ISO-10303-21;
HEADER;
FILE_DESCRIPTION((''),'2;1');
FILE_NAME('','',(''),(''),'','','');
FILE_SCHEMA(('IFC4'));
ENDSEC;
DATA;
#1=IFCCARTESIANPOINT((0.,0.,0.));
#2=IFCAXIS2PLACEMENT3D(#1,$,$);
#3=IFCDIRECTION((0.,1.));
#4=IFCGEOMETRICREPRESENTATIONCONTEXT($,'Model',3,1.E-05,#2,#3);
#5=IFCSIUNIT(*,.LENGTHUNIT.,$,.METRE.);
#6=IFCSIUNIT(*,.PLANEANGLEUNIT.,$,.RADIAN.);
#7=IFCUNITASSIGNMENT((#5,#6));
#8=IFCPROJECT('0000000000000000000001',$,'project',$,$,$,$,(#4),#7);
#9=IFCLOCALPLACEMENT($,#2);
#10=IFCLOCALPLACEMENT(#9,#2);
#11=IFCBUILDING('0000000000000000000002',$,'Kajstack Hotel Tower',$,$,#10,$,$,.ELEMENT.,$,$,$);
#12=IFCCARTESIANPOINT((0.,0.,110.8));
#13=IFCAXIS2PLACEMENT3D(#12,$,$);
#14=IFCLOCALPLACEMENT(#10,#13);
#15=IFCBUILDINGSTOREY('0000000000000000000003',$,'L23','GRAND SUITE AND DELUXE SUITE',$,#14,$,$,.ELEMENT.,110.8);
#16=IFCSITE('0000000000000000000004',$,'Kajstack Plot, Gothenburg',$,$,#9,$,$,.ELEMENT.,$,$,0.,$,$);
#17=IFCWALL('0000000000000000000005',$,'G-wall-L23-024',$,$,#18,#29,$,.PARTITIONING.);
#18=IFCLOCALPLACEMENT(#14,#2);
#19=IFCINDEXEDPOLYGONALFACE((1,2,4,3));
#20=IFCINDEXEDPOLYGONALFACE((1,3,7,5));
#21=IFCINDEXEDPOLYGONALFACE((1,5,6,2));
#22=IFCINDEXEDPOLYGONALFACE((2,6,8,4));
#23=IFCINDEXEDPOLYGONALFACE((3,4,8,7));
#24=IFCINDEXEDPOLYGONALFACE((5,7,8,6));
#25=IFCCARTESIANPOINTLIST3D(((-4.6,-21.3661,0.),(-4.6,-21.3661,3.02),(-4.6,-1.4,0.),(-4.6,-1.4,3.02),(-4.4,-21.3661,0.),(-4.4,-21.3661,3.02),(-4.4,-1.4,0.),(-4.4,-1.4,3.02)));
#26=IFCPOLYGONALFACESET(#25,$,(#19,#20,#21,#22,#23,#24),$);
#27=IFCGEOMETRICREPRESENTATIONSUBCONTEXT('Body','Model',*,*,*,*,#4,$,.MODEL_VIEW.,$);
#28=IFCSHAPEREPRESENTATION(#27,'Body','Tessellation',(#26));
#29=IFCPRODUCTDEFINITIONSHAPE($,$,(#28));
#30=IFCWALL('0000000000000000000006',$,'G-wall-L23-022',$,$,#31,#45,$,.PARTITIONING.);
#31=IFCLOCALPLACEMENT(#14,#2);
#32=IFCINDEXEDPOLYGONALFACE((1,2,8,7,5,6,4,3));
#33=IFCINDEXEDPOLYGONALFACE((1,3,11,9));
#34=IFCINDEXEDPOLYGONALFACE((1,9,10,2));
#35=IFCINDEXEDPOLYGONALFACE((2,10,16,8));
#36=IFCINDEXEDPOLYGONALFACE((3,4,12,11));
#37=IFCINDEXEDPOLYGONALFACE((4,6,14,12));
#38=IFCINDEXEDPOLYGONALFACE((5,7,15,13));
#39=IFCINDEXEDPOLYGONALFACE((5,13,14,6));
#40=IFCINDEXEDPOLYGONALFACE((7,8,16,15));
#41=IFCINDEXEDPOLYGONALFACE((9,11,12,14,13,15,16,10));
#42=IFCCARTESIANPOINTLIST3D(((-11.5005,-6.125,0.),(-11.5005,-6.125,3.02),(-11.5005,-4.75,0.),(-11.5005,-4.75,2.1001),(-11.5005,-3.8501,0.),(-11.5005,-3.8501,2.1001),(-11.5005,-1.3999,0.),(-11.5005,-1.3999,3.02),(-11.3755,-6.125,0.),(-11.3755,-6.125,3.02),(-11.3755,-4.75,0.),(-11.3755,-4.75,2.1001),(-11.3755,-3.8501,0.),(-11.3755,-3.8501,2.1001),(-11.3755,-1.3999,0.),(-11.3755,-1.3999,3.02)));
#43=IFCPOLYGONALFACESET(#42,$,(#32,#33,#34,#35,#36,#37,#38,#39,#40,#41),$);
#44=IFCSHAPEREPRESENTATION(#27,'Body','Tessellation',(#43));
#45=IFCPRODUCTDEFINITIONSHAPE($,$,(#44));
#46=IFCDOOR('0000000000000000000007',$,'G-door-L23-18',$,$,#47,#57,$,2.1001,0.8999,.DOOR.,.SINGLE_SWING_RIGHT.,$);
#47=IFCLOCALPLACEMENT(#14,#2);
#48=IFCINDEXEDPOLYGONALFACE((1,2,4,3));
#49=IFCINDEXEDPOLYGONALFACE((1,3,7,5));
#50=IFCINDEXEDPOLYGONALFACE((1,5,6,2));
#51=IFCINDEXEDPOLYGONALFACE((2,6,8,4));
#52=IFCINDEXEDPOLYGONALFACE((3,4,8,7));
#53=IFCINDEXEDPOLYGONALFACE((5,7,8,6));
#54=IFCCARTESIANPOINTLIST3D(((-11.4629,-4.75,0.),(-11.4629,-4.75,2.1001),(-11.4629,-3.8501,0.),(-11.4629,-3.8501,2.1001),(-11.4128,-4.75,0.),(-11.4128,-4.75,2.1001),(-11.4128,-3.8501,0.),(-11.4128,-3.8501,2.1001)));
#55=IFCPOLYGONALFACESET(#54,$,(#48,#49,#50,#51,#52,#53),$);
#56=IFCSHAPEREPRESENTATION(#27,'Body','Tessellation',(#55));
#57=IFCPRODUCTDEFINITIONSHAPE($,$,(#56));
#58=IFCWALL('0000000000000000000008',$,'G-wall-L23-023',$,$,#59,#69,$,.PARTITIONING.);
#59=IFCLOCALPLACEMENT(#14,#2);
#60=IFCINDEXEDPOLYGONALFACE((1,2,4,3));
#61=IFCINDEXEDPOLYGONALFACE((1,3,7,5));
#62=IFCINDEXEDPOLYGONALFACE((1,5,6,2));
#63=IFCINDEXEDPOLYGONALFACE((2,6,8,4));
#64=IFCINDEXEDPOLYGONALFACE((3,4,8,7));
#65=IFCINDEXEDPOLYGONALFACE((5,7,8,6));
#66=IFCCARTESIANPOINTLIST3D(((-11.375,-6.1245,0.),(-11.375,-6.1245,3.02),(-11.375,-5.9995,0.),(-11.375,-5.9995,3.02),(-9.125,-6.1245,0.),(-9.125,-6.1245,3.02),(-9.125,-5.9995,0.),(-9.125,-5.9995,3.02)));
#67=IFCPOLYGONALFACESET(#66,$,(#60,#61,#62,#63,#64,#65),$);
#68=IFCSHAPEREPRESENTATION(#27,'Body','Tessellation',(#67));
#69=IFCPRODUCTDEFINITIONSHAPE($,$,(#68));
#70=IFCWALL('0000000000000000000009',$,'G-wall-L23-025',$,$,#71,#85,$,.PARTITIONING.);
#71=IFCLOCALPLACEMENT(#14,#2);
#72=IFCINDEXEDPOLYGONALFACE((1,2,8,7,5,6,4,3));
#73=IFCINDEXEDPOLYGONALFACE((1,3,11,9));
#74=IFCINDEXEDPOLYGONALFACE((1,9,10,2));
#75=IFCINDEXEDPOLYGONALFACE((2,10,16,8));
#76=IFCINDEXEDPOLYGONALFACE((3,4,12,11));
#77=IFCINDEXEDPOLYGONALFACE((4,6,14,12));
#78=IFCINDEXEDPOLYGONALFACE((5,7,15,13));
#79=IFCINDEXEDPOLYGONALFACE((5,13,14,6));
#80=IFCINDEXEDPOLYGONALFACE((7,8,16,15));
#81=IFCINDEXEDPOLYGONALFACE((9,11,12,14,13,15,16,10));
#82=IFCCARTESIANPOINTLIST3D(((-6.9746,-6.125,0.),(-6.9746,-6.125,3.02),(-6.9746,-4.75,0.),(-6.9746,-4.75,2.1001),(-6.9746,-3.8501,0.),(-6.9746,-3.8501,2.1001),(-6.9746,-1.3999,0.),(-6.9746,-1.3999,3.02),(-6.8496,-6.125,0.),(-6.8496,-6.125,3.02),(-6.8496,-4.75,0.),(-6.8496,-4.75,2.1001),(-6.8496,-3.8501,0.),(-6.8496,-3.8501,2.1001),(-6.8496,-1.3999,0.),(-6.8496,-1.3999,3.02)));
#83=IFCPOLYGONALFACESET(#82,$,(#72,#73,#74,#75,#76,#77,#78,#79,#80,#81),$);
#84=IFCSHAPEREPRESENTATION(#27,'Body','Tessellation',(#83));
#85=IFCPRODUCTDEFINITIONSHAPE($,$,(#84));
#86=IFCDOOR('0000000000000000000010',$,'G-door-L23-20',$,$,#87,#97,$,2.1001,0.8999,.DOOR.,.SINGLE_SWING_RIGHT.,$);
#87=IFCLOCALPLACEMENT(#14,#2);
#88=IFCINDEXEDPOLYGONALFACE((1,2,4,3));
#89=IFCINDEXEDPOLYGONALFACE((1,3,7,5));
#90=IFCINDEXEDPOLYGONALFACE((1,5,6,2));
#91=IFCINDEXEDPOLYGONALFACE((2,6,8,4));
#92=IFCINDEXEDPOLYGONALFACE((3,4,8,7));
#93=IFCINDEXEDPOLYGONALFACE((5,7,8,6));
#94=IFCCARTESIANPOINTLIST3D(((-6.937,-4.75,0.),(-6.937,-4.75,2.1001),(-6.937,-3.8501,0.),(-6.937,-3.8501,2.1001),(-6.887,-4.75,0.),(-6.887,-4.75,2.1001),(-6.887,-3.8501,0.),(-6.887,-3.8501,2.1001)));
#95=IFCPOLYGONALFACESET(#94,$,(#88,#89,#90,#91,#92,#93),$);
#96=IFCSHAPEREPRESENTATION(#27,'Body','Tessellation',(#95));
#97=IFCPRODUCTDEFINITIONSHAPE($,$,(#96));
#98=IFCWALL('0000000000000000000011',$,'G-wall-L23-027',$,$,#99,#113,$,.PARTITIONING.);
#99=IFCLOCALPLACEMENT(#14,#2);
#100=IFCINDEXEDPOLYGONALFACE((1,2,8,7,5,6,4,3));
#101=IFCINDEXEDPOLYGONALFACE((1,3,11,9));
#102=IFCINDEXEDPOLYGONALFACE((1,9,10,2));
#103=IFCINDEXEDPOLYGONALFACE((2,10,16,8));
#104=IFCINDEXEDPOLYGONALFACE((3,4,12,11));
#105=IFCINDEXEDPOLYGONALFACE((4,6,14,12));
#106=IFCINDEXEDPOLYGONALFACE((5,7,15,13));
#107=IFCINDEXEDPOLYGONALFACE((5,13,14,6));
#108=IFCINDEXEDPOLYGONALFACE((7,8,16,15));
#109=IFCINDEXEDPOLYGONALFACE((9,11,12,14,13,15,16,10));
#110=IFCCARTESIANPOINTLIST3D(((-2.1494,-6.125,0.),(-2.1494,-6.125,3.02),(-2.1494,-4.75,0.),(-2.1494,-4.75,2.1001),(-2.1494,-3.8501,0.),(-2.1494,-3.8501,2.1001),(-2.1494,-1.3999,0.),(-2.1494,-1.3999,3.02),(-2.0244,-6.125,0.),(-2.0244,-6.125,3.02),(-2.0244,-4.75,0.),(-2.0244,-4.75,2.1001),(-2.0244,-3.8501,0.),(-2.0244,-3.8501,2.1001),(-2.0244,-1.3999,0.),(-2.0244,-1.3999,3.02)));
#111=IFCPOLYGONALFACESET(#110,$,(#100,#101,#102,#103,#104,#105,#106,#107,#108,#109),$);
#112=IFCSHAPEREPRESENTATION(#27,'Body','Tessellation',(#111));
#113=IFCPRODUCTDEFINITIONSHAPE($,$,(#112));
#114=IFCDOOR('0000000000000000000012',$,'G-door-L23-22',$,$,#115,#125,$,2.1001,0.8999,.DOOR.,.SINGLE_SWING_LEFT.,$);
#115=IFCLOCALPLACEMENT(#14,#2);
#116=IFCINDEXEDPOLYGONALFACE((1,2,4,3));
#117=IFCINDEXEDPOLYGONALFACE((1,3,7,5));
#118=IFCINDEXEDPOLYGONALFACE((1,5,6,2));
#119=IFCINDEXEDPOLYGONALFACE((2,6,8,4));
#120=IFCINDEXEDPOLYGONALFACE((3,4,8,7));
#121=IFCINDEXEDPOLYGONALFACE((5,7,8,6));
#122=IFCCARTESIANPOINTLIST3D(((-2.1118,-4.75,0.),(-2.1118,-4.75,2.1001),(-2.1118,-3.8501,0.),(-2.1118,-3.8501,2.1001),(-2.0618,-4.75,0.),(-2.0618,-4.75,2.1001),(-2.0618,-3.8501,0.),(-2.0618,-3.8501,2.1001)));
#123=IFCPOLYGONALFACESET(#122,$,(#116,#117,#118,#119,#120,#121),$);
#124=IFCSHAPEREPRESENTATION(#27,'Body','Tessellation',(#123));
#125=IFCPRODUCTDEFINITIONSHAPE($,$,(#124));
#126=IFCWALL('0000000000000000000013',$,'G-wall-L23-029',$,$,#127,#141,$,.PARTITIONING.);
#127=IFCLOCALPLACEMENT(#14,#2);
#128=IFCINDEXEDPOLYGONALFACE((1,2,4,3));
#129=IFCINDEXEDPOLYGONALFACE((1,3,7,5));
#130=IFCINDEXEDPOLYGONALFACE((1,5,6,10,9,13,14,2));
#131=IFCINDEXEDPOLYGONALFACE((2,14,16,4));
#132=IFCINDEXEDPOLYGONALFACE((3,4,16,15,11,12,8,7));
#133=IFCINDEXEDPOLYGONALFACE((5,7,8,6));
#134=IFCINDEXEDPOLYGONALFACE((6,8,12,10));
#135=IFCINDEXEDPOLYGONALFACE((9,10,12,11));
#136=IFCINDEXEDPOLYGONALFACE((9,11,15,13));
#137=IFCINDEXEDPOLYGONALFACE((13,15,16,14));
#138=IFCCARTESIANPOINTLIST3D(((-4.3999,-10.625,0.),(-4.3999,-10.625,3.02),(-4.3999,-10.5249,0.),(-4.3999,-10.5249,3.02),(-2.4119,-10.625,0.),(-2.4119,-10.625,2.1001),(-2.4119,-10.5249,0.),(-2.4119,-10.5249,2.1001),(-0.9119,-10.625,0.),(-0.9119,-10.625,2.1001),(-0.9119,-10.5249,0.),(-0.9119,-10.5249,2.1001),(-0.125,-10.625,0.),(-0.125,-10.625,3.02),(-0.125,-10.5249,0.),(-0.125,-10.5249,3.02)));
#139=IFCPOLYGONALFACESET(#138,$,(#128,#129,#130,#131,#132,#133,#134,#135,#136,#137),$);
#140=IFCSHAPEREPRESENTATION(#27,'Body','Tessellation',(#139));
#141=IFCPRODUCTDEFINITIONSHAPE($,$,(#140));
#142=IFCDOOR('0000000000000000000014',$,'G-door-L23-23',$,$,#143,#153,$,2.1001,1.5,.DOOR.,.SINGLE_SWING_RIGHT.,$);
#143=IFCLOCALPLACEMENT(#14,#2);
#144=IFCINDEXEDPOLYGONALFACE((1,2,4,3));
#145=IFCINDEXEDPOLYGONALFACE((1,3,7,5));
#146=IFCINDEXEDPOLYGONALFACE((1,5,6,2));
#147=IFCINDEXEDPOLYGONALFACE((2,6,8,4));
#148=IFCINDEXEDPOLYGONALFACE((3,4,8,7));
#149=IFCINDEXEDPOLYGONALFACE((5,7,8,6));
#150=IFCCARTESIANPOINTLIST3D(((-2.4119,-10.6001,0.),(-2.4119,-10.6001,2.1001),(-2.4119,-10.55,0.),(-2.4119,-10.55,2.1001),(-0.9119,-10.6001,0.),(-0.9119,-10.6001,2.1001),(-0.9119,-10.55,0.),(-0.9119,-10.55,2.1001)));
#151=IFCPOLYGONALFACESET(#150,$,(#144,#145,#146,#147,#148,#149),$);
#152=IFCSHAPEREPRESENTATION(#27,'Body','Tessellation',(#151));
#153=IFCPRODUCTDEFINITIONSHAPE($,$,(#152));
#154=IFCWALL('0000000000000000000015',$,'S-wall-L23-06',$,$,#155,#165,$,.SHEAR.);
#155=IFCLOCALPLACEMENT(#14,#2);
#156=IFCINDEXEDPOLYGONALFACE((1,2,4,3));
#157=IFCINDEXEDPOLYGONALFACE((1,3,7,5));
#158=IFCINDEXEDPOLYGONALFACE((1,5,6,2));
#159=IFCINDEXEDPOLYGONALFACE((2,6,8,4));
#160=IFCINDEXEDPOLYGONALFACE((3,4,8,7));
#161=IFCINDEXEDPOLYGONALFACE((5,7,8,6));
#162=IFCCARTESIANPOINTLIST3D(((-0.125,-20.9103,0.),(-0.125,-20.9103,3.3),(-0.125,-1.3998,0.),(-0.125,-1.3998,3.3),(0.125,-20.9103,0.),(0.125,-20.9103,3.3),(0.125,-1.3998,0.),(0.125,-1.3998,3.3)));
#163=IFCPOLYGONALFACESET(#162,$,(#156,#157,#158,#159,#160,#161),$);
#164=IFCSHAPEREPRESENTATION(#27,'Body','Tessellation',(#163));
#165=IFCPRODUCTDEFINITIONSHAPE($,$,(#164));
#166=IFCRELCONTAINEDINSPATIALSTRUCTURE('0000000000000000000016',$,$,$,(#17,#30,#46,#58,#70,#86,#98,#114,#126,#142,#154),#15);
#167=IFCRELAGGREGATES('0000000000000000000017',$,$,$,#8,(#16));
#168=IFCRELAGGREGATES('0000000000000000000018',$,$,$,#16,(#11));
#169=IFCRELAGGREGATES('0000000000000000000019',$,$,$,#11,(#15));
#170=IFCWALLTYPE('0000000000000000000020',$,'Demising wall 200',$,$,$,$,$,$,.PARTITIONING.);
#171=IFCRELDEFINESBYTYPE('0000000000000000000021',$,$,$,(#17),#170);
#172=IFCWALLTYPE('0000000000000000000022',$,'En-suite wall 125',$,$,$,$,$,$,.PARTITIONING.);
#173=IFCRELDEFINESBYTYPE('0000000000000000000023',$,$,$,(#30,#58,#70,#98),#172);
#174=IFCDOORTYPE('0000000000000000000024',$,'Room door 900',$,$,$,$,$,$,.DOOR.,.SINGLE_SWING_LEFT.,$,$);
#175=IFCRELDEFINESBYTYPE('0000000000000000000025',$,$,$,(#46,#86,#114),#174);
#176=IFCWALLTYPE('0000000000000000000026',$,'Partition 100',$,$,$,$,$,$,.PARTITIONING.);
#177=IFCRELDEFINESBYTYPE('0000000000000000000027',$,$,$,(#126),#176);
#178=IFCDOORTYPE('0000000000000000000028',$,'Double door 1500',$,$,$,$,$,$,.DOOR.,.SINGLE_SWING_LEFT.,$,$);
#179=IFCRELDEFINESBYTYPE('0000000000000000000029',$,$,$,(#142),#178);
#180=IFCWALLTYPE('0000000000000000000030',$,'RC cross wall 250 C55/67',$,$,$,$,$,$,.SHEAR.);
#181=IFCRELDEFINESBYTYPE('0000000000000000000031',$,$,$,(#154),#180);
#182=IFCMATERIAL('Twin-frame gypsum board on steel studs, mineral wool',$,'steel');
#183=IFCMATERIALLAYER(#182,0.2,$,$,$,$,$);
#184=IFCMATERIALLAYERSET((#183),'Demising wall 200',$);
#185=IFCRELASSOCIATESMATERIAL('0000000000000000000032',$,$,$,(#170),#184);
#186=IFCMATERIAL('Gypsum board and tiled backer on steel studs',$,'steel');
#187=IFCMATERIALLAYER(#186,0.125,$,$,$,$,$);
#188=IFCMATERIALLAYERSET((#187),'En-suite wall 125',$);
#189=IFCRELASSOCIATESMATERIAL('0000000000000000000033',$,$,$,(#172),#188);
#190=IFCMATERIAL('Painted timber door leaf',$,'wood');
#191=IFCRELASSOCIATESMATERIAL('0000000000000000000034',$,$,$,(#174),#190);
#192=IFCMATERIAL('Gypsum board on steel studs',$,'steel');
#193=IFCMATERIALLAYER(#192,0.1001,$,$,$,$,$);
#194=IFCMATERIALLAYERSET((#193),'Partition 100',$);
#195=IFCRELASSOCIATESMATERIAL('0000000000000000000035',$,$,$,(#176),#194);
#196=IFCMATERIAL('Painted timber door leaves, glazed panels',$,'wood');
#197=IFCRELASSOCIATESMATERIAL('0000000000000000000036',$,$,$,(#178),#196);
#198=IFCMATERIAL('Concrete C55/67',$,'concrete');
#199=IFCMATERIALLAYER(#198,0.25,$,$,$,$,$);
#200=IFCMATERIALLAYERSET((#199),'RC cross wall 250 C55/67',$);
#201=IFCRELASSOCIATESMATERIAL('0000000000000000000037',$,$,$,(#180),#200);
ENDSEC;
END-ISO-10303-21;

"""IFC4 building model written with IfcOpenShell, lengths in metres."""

from ifc_helpers import new_model, si_unit, direction, frame, frame_2d, origin, place, context, subcontext, project, spatial, rectangle, extrude, material, layer, layer_set, type_object, element, fill, save


model = new_model("IFC4")

# Units and contexts
model_context = context("Model", 3, precision=1e-05, world=origin(), true_north=direction((0.0, 1.0)))
body_context = subcontext(model_context, "Body", "Model", "MODEL_VIEW")
ifc_project = project(units=[si_unit("LENGTHUNIT", "METRE"), si_unit("PLANEANGLEUNIT", "RADIAN")], contexts=[model_context])

# Site, building, storey
site_placement = place(None, origin())
site = spatial("IfcSite", under=ifc_project, at=site_placement, Name="Kajstack Plot, Gothenburg", CompositionType="ELEMENT", RefElevation=0.0)
building_placement = place(site_placement, origin())
building = spatial("IfcBuilding", under=site, at=building_placement, Name="Kajstack Hotel Tower", CompositionType="ELEMENT")
storey_placement = place(building_placement, frame((0.0, 0.0, 110.8)))
storey = spatial("IfcBuildingStorey", under=building, at=storey_placement, Name="L23", Description="GRAND SUITE AND DELUXE SUITE", CompositionType="ELEMENT", Elevation=110.8)

# Wall
ifc_material_1 = material(Name="Twin-frame gypsum board on steel studs, mineral wool", Category="steel")
ifc_layer_1 = layer(ifc_material_1, 0.2)
ifc_layer_set_1 = layer_set([ifc_layer_1], Name="Demising wall 200")
wall_type_1 = type_object("IfcWallType", Name="Demising wall 200", PredefinedType="PARTITIONING", material=ifc_layer_set_1)
wall_1_placement = place(storey_placement, frame((-4.5, -21.366, 0.0), z_axis=(0.0, 0.0, 1.0), x_axis=(0.0, 1.0, 0.0)))
element("IfcWall", 1, at=wall_1_placement, inside=storey, type_object=wall_type_1, Name="G-wall-L23-024", PredefinedType="PARTITIONING", context=body_context, shape_type="SweptSolid", body=[
    extrude(rectangle(XDim=19.9661, YDim=0.2, at=frame_2d((9.9829, 0.0))), origin(), (0.0, 0.0, 1.0), 3.02),
])

# Wall, opening, door
ifc_material_2 = material(Name="Gypsum board and tiled backer on steel studs", Category="steel")
ifc_layer_2 = layer(ifc_material_2, 0.125)
ifc_layer_set_2 = layer_set([ifc_layer_2], Name="En-suite wall 125")
wall_type_2 = type_object("IfcWallType", Name="En-suite wall 125", PredefinedType="PARTITIONING", material=ifc_layer_set_2)
wall_2_placement = place(storey_placement, frame((-11.438, -6.125, 0.0), z_axis=(0.0, 0.0, 1.0), x_axis=(0.0, 1.0, 0.0)))
wall_2 = element("IfcWall", 2, at=wall_2_placement, inside=storey, type_object=wall_type_2, Name="G-wall-L23-022", PredefinedType="PARTITIONING", context=body_context, shape_type="SweptSolid", body=[
    extrude(rectangle(XDim=4.7251, YDim=0.125, at=frame_2d((2.3625, 0.0))), origin(), (0.0, 0.0, 1.0), 3.02),
])
opening_1_placement = place(wall_2_placement, frame((1.375, 0.0, 0.0)))
opening_1 = element("IfcOpeningElement", 3, at=opening_1_placement, cuts=wall_2, PredefinedType="OPENING", context=body_context, shape_type="SweptSolid", body=[
    extrude(rectangle(XDim=0.8999, YDim=2.1001, at=frame_2d((0.45, 1.05))), frame((0.0, 0.0725, 0.0), z_axis=(0.0, -1.0, 0.0), x_axis=(1.0, 0.0, 0.0)), (0.0, 0.0, 1.0), 0.145),
])
ifc_material_3 = material(Name="Painted timber door leaf", Category="wood")
door_type_1 = type_object("IfcDoorType", Name="Room door 900", OperationType="SINGLE_SWING_LEFT", PredefinedType="DOOR", material=ifc_material_3)
door_1_placement = place(opening_1_placement, origin())
door_1 = element("IfcDoor", 4, at=door_1_placement, inside=storey, type_object=door_type_1, Name="G-door-L23-18", OperationType="SINGLE_SWING_RIGHT", OverallHeight=2.1001, OverallWidth=0.8999, PredefinedType="DOOR", context=body_context, shape_type="SweptSolid", body=[
    extrude(rectangle(XDim=0.8999, YDim=2.1001, at=frame_2d((0.45, 1.05))), frame((0.0, 0.0249, 0.0), z_axis=(0.0, -1.0, 0.0), x_axis=(1.0, 0.0, 0.0)), (0.0, 0.0, 1.0), 0.05),
])
fill(opening_1, door_1)

# Wall
wall_3_placement = place(storey_placement, frame((-11.375, -6.062, 0.0), z_axis=(0.0, 0.0, 1.0), x_axis=(1.0, 0.0, 0.0)))
element("IfcWall", 5, at=wall_3_placement, inside=storey, type_object=wall_type_2, Name="G-wall-L23-023", PredefinedType="PARTITIONING", context=body_context, shape_type="SweptSolid", body=[
    extrude(rectangle(XDim=2.25, YDim=0.125, at=frame_2d((1.125, 0.0))), origin(), (0.0, 0.0, 1.0), 3.02),
])

# Walls, openings, doors
wall_4_placement = place(storey_placement, frame((-6.9121, -6.125, 0.0), z_axis=(0.0, 0.0, 1.0), x_axis=(0.0, 1.0, 0.0)))
wall_4 = element("IfcWall", 6, at=wall_4_placement, inside=storey, type_object=wall_type_2, Name="G-wall-L23-025", PredefinedType="PARTITIONING", context=body_context, shape_type="SweptSolid", body=[
    extrude(rectangle(XDim=4.7251, YDim=0.125, at=frame_2d((2.3625, 0.0))), origin(), (0.0, 0.0, 1.0), 3.02),
])
opening_2_placement = place(wall_4_placement, frame((1.375, 0.0, 0.0)))
opening_2 = element("IfcOpeningElement", 7, at=opening_2_placement, cuts=wall_4, PredefinedType="OPENING", context=body_context, shape_type="SweptSolid", body=[
    extrude(rectangle(XDim=0.8999, YDim=2.1001, at=frame_2d((0.45, 1.05))), frame((0.0, 0.0725, 0.0), z_axis=(0.0, -1.0, 0.0), x_axis=(1.0, 0.0, 0.0)), (0.0, 0.0, 1.0), 0.145),
])
door_2_placement = place(opening_2_placement, origin())
door_2 = element("IfcDoor", 8, at=door_2_placement, inside=storey, type_object=door_type_1, Name="G-door-L23-20", OperationType="SINGLE_SWING_RIGHT", OverallHeight=2.1001, OverallWidth=0.8999, PredefinedType="DOOR", context=body_context, shape_type="SweptSolid", body=[
    extrude(rectangle(XDim=0.8999, YDim=2.1001, at=frame_2d((0.45, 1.05))), frame((0.0, 0.0249, 0.0), z_axis=(0.0, -1.0, 0.0), x_axis=(1.0, 0.0, 0.0)), (0.0, 0.0, 1.0), 0.05),
])
fill(opening_2, door_2)
wall_5_placement = place(storey_placement, frame((-2.0869, -6.125, 0.0), z_axis=(0.0, 0.0, 1.0), x_axis=(0.0, 1.0, 0.0)))
wall_5 = element("IfcWall", 9, at=wall_5_placement, inside=storey, type_object=wall_type_2, Name="G-wall-L23-027", PredefinedType="PARTITIONING", context=body_context, shape_type="SweptSolid", body=[
    extrude(rectangle(XDim=4.7251, YDim=0.125, at=frame_2d((2.3625, 0.0))), origin(), (0.0, 0.0, 1.0), 3.02),
])
opening_3_placement = place(wall_5_placement, frame((1.375, 0.0, 0.0)))
opening_3 = element("IfcOpeningElement", 10, at=opening_3_placement, cuts=wall_5, PredefinedType="OPENING", context=body_context, shape_type="SweptSolid", body=[
    extrude(rectangle(XDim=0.8999, YDim=2.1001, at=frame_2d((0.45, 1.05))), frame((0.0, 0.0725, 0.0), z_axis=(0.0, -1.0, 0.0), x_axis=(1.0, 0.0, 0.0)), (0.0, 0.0, 1.0), 0.145),
])
door_3_placement = place(opening_3_placement, origin())
door_3 = element("IfcDoor", 11, at=door_3_placement, inside=storey, type_object=door_type_1, Name="G-door-L23-22", OperationType="SINGLE_SWING_LEFT", OverallHeight=2.1001, OverallWidth=0.8999, PredefinedType="DOOR", context=body_context, shape_type="SweptSolid", body=[
    extrude(rectangle(XDim=0.8999, YDim=2.1001, at=frame_2d((0.45, 1.05))), frame((0.0, 0.0249, 0.0), z_axis=(0.0, -1.0, 0.0), x_axis=(1.0, 0.0, 0.0)), (0.0, 0.0, 1.0), 0.05),
])
fill(opening_3, door_3)
ifc_material_4 = material(Name="Gypsum board on steel studs", Category="steel")
ifc_layer_3 = layer(ifc_material_4, 0.1001)
ifc_layer_set_3 = layer_set([ifc_layer_3], Name="Partition 100")
wall_type_3 = type_object("IfcWallType", Name="Partition 100", PredefinedType="PARTITIONING", material=ifc_layer_set_3)
wall_6_placement = place(storey_placement, frame((-4.3999, -10.575, 0.0), z_axis=(0.0, 0.0, 1.0), x_axis=(1.0, 0.0, 0.0)))
wall_6 = element("IfcWall", 12, at=wall_6_placement, inside=storey, type_object=wall_type_3, Name="G-wall-L23-029", PredefinedType="PARTITIONING", context=body_context, shape_type="SweptSolid", body=[
    extrude(rectangle(XDim=4.2749, YDim=0.1001, at=frame_2d((2.1375, 0.0))), origin(), (0.0, 0.0, 1.0), 3.02),
])
opening_4_placement = place(wall_6_placement, frame((1.988, 0.0, 0.0)))
opening_4 = element("IfcOpeningElement", 13, at=opening_4_placement, cuts=wall_6, PredefinedType="OPENING", context=body_context, shape_type="SweptSolid", body=[
    extrude(rectangle(XDim=1.5, YDim=2.1001, at=frame_2d((0.75, 1.05))), frame((0.0, 0.0601, 0.0), z_axis=(0.0, -1.0, 0.0), x_axis=(1.0, 0.0, 0.0)), (0.0, 0.0, 1.0), 0.1201),
])
ifc_material_5 = material(Name="Painted timber door leaves, glazed panels", Category="wood")
door_type_2 = type_object("IfcDoorType", Name="Double door 1500", OperationType="SINGLE_SWING_LEFT", PredefinedType="DOOR", material=ifc_material_5)
door_4_placement = place(opening_4_placement, origin())
door_4 = element("IfcDoor", 14, at=door_4_placement, inside=storey, type_object=door_type_2, Name="G-door-L23-23", OperationType="SINGLE_SWING_RIGHT", OverallHeight=2.1001, OverallWidth=1.5, PredefinedType="DOOR", context=body_context, shape_type="SweptSolid", body=[
    extrude(rectangle(XDim=1.5, YDim=2.1001, at=frame_2d((0.75, 1.05))), frame((0.0, 0.0249, 0.0), z_axis=(0.0, -1.0, 0.0), x_axis=(1.0, 0.0, 0.0)), (0.0, 0.0, 1.0), 0.05),
])
fill(opening_4, door_4)

# Wall
ifc_material_6 = material(Name="Concrete C55/67", Category="concrete")
ifc_layer_4 = layer(ifc_material_6, 0.25)
ifc_layer_set_4 = layer_set([ifc_layer_4], Name="RC cross wall 250 C55/67")
wall_type_4 = type_object("IfcWallType", Name="RC cross wall 250 C55/67", PredefinedType="SHEAR", material=ifc_layer_set_4)
wall_7_placement = place(storey_placement, frame((0.0, -20.9104, 0.0), z_axis=(0.0, 0.0, 1.0), x_axis=(0.0, 1.0, 0.0)))
element("IfcWall", 15, at=wall_7_placement, inside=storey, type_object=wall_type_4, Name="S-wall-L23-06", PredefinedType="SHEAR", context=body_context, shape_type="SweptSolid", body=[
    extrude(rectangle(XDim=19.5105, YDim=0.25, at=frame_2d((9.7554, 0.0))), origin(), (0.0, 0.0, 1.0), 3.3),
])

save(model, "model.ifc")
